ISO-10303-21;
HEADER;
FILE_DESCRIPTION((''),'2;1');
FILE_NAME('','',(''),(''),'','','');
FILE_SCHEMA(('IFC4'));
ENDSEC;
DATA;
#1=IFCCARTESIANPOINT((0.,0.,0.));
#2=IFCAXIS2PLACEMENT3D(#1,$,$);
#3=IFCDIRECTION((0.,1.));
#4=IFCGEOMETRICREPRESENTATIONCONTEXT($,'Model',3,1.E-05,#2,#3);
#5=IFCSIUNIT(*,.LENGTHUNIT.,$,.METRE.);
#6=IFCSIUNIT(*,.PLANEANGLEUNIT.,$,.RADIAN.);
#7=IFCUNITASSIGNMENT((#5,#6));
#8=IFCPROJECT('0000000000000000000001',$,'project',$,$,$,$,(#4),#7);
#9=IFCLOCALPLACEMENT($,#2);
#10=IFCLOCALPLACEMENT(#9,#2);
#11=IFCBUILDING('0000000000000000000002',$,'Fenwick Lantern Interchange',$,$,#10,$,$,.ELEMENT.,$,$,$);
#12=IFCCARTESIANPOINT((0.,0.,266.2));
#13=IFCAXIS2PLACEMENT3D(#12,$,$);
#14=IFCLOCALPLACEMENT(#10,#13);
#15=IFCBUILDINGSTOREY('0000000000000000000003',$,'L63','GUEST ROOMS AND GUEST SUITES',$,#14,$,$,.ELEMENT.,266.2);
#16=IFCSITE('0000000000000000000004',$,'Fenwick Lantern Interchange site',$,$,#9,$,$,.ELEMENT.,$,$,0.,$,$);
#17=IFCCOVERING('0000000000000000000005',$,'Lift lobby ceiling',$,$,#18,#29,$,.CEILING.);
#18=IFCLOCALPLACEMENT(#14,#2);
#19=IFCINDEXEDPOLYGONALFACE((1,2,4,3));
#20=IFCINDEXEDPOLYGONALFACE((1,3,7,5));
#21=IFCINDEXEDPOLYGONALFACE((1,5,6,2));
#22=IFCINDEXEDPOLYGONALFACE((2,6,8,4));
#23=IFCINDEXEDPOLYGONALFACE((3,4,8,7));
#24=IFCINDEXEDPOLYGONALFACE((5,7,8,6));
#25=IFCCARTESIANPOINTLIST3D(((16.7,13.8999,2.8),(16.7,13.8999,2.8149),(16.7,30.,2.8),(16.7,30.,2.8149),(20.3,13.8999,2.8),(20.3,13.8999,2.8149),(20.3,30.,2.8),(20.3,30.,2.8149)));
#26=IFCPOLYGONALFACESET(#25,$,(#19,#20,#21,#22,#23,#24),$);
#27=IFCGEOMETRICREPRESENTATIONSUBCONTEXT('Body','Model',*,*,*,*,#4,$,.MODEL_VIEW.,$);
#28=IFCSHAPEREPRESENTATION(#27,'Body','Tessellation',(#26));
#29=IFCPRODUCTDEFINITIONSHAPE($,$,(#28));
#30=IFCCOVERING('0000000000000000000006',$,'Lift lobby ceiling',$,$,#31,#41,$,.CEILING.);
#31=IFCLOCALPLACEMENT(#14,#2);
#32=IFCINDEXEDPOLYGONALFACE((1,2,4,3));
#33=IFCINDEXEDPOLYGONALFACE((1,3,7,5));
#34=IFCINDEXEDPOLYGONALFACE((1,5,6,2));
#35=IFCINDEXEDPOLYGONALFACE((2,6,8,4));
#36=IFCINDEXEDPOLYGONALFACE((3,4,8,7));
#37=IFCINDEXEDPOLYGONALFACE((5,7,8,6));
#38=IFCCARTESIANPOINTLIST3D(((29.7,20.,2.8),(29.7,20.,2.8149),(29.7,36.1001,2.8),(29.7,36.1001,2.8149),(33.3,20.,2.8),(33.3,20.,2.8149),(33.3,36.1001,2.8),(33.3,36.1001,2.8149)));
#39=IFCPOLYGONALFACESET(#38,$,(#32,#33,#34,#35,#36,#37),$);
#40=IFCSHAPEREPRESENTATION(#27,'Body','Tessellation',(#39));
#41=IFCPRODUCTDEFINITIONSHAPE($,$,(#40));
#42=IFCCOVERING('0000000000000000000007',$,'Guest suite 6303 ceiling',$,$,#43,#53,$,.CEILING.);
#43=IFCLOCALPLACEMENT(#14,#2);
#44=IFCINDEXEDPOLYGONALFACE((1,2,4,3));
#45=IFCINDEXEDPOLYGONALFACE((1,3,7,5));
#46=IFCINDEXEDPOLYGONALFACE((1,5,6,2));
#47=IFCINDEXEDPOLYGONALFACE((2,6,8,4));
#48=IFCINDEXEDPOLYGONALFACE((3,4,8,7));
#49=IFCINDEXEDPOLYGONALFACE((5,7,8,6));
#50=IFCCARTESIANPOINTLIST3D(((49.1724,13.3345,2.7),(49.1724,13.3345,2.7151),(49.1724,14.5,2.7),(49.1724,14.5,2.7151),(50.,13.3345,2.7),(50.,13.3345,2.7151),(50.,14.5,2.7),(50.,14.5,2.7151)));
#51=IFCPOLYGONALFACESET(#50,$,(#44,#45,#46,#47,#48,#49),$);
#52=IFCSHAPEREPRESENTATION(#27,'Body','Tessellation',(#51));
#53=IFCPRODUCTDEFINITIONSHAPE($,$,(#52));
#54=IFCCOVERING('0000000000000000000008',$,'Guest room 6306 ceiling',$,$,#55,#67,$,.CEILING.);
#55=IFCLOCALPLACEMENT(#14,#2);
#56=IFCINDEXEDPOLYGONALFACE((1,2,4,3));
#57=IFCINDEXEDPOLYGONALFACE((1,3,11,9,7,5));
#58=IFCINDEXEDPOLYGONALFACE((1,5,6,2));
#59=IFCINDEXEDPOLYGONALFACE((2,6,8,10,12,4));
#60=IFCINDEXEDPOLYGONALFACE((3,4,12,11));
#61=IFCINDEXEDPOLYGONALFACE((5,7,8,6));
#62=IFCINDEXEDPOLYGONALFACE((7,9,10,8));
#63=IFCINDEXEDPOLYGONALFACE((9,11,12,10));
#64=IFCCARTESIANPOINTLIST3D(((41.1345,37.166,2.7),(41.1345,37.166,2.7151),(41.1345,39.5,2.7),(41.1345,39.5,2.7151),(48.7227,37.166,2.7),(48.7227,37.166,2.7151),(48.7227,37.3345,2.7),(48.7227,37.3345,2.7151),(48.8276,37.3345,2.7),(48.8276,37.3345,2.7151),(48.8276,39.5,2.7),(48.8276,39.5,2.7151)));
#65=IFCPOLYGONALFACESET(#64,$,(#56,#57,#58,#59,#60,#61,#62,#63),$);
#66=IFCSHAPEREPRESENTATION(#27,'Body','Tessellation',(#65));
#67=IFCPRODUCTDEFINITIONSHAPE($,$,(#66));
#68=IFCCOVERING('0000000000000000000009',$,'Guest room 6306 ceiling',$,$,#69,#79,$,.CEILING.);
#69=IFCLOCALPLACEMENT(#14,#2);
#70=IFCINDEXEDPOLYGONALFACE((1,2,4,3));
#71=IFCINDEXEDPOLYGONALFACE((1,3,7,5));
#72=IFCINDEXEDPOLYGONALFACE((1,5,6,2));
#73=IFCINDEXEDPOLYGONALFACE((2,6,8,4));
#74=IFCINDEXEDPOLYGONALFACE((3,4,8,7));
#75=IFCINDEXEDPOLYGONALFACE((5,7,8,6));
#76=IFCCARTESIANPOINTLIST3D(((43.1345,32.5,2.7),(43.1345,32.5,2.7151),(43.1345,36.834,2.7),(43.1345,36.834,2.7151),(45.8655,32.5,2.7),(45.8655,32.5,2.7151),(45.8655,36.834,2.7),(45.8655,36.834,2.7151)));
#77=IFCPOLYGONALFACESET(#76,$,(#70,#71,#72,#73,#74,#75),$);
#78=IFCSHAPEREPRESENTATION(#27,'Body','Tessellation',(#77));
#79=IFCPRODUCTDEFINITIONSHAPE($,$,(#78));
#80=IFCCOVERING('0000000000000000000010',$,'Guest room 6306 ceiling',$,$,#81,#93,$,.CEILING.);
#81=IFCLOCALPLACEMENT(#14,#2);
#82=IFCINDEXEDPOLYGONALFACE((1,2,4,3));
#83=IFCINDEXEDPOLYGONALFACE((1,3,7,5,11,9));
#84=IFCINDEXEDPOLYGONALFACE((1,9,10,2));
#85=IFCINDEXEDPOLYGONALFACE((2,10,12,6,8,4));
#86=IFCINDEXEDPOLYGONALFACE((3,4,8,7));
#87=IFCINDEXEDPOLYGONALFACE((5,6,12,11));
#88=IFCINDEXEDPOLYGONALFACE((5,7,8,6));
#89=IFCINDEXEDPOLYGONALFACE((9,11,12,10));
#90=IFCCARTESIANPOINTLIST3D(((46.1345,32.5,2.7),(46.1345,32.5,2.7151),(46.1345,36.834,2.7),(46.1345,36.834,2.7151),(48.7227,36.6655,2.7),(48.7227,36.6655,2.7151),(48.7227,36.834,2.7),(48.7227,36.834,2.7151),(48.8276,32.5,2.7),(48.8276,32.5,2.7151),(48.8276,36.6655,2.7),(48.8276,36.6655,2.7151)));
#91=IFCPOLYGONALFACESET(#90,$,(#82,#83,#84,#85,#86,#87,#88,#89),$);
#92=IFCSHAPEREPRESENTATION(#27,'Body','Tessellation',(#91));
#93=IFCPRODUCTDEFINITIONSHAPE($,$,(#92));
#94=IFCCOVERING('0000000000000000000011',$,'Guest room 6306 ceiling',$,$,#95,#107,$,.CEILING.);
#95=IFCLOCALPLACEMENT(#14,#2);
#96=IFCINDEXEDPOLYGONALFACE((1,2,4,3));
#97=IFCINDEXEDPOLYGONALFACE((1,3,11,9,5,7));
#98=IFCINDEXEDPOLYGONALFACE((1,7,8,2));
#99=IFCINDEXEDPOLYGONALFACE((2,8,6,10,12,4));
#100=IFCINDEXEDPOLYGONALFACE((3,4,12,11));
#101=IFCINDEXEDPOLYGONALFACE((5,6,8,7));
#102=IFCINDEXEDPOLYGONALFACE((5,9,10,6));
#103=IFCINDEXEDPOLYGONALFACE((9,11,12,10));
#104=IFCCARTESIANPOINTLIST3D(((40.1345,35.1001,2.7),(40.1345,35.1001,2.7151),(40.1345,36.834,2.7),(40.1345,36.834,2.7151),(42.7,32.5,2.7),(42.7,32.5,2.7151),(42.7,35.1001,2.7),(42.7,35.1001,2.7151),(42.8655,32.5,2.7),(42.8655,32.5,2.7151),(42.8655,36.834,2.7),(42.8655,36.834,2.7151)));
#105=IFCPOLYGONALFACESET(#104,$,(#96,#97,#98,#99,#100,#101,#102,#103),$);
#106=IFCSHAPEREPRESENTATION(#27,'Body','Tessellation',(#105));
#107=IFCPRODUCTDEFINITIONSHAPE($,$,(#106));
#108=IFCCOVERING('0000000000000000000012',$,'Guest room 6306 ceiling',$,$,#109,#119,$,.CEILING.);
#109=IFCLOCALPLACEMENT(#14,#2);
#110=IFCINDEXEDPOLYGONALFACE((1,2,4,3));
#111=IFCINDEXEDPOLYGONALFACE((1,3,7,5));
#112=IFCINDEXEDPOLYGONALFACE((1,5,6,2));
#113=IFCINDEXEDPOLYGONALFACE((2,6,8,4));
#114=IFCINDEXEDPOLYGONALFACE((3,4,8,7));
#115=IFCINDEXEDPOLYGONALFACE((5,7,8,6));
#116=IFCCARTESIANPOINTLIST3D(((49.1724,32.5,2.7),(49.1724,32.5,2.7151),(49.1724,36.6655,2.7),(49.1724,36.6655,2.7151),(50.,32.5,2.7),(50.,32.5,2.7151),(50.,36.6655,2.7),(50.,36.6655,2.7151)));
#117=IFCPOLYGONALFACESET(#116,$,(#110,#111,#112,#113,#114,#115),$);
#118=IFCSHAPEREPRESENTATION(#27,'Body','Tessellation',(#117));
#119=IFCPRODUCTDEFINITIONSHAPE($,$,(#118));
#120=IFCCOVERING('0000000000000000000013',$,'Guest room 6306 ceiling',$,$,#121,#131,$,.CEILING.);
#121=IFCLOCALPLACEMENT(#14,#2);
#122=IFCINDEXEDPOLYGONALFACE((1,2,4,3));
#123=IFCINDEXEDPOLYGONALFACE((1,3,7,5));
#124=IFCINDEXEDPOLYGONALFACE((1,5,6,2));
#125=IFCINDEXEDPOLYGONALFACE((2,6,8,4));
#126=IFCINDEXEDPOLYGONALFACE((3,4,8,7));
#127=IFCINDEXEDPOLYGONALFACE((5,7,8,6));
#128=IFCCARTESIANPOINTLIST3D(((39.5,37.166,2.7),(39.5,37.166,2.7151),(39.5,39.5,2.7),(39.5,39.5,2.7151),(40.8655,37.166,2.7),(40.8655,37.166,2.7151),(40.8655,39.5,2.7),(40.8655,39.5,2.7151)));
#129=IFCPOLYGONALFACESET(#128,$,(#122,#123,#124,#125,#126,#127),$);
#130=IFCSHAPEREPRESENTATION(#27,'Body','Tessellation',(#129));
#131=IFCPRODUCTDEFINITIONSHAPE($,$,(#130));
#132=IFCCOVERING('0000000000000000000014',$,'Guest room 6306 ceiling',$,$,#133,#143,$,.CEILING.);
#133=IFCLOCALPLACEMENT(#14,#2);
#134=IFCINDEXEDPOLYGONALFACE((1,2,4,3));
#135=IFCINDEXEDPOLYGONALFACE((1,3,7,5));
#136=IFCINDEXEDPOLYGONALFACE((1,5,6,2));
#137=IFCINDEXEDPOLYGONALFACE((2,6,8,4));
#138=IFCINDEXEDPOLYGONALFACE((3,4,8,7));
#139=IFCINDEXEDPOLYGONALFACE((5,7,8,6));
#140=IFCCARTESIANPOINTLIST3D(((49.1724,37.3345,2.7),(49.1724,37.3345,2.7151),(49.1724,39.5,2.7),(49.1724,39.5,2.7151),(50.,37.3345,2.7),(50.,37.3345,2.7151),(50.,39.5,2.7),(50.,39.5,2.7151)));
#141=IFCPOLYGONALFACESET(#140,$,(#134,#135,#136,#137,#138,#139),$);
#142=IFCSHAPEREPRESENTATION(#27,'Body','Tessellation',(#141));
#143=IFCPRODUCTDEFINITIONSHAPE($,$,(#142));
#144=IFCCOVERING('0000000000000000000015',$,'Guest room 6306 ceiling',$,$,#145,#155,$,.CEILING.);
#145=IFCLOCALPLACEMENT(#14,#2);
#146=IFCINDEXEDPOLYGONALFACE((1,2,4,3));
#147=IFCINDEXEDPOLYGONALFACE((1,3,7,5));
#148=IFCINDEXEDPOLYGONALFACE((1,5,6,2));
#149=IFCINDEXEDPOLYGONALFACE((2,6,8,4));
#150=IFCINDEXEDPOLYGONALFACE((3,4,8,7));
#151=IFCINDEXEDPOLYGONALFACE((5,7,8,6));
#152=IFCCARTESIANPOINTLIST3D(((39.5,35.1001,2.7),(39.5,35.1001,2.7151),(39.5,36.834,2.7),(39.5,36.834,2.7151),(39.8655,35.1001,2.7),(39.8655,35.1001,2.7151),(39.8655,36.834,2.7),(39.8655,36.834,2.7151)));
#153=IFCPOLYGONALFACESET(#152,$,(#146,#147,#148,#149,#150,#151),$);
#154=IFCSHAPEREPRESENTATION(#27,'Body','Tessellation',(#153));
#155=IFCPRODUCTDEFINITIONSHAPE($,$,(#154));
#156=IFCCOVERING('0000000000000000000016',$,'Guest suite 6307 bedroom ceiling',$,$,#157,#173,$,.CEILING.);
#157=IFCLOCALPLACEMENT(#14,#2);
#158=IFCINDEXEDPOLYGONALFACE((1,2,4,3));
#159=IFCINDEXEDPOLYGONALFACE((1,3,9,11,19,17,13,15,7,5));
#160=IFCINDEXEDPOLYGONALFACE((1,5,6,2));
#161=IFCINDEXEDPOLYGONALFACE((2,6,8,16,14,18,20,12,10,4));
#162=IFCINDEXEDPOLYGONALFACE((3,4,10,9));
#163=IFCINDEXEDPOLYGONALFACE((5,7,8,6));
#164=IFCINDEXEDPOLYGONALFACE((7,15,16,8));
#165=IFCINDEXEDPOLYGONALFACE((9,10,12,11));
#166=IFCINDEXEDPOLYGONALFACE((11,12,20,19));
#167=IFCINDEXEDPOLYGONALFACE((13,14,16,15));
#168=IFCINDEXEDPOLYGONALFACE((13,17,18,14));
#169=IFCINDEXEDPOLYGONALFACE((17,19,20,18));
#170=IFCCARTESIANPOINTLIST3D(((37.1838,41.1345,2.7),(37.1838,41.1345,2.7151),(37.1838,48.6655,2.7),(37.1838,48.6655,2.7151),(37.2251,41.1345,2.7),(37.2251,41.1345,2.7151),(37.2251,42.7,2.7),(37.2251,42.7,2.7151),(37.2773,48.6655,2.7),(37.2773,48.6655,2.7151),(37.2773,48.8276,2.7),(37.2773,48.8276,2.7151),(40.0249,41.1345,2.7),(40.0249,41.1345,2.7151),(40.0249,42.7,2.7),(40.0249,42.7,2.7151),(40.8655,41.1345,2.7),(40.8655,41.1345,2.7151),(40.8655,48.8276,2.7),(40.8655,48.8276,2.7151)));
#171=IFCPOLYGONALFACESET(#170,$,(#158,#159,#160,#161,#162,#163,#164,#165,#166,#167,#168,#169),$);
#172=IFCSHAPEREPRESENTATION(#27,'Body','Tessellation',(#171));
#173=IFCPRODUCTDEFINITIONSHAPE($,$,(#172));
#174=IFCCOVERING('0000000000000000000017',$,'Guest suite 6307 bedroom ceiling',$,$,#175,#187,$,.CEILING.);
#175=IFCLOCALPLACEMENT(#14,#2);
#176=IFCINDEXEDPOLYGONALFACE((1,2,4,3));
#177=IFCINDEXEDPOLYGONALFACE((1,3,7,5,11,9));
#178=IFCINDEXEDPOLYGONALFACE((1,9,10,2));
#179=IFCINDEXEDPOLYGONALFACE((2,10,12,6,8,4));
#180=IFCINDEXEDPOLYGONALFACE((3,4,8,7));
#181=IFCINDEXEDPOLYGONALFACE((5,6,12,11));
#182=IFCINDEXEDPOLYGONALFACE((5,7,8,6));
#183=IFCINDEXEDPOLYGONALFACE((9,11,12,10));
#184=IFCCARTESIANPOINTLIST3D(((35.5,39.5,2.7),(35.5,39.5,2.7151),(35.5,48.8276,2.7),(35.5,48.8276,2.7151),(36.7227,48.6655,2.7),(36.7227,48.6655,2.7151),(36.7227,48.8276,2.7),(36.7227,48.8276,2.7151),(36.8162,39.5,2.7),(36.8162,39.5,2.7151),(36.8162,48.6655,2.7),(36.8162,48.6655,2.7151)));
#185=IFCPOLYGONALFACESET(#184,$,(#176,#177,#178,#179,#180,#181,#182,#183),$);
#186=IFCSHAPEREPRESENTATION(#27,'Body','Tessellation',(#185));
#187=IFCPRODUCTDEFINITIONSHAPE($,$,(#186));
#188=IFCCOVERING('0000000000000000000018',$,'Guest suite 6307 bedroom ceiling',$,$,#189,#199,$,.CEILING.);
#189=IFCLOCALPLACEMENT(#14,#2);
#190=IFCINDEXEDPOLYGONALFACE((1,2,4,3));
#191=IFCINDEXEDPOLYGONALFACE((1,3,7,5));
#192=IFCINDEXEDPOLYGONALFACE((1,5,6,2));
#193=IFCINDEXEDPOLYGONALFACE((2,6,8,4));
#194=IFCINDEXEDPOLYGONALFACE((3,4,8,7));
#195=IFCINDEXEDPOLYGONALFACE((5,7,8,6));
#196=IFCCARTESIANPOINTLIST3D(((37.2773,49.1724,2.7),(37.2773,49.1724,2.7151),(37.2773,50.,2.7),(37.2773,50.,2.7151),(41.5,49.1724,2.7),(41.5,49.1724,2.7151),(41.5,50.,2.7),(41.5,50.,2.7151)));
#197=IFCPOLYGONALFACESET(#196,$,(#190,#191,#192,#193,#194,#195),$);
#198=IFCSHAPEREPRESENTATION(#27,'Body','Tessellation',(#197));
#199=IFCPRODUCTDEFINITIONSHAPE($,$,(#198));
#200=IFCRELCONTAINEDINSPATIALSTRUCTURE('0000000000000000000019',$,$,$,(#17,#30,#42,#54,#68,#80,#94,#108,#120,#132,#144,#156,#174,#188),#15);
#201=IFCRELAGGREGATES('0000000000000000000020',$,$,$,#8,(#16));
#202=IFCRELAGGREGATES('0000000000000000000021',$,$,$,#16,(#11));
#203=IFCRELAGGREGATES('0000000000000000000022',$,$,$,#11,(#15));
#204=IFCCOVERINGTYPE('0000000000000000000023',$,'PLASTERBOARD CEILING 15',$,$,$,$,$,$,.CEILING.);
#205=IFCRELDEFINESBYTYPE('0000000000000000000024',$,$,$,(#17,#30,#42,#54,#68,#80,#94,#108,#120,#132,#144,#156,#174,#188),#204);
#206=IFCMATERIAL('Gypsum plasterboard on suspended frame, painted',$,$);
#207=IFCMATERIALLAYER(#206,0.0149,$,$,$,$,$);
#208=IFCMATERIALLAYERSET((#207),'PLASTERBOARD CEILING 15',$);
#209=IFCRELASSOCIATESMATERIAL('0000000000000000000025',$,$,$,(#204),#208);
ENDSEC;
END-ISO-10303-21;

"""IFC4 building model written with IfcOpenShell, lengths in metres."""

from ifc_helpers import new_model, si_unit, direction, frame, origin, place, context, subcontext, project, spatial, polyline, outline, extrude, material, layer, layer_set, type_object, element, save


model = new_model("IFC4")

# Units and contexts
model_context = context("Model", 3, precision=1e-05, world=origin(), true_north=direction((0.0, 1.0)))
body_context = subcontext(model_context, "Body", "Model", "MODEL_VIEW")
ifc_project = project(units=[si_unit("LENGTHUNIT", "METRE"), si_unit("PLANEANGLEUNIT", "RADIAN")], contexts=[model_context])

# Site, building, storey
site_placement = place(None, origin())
site = spatial("IfcSite", under=ifc_project, at=site_placement, Name="Fenwick Lantern Interchange site", CompositionType="ELEMENT", RefElevation=0.0)
building_placement = place(site_placement, origin())
building = spatial("IfcBuilding", under=site, at=building_placement, Name="Fenwick Lantern Interchange", CompositionType="ELEMENT")
storey_placement = place(building_placement, frame((0.0, 0.0, 266.2)))
storey = spatial("IfcBuildingStorey", under=building, at=storey_placement, Name="L63", Description="GUEST ROOMS AND GUEST SUITES", CompositionType="ELEMENT", Elevation=266.2)

# Coverings
ifc_material = material(Name="Gypsum plasterboard on suspended frame, painted")
ifc_layer = layer(ifc_material, 0.0149)
ifc_layer_set = layer_set([ifc_layer], Name="PLASTERBOARD CEILING 15")
covering_type = type_object("IfcCoveringType", Name="PLASTERBOARD CEILING 15", PredefinedType="CEILING", material=ifc_layer_set)
covering_1_placement = place(storey_placement, frame((0.0, 0.0, 2.8)))
element("IfcCovering", 1, at=covering_1_placement, inside=storey, type_object=covering_type, Name="Lift lobby ceiling", PredefinedType="CEILING", context=body_context, shape_type="SweptSolid", body=[
    extrude(outline(polyline([(16.7, 13.8999), (20.3, 13.8999), (20.3, 30.0), (16.7, 30.0), (16.7, 13.8999)])), origin(), (0.0, 0.0, 1.0), 0.0149),
])
covering_2_placement = place(storey_placement, frame((0.0, 0.0, 2.8)))
element("IfcCovering", 2, at=covering_2_placement, inside=storey, type_object=covering_type, Name="Lift lobby ceiling", PredefinedType="CEILING", context=body_context, shape_type="SweptSolid", body=[
    extrude(outline(polyline([(33.3, 36.1001), (29.7, 36.1001), (29.7, 20.0), (33.3, 20.0), (33.3, 36.1001)])), origin(), (0.0, 0.0, 1.0), 0.0149),
])
covering_3_placement = place(storey_placement, frame((0.0, 0.0, 2.7)))
element("IfcCovering", 3, at=covering_3_placement, inside=storey, type_object=covering_type, Name="Guest suite 6303 ceiling", PredefinedType="CEILING", context=body_context, shape_type="SweptSolid", body=[
    extrude(outline(polyline([(50.0, 14.5), (49.1724, 14.5), (49.1724, 13.3345), (50.0, 13.3345), (50.0, 14.5)])), origin(), (0.0, 0.0, 1.0), 0.0151),
])
covering_4_placement = place(storey_placement, frame((0.0, 0.0, 2.7)))
element("IfcCovering", 4, at=covering_4_placement, inside=storey, type_object=covering_type, Name="Guest room 6306 ceiling", PredefinedType="CEILING", context=body_context, shape_type="SweptSolid", body=[
    extrude(outline(polyline([(48.7227, 37.3345), (48.8276, 37.3345), (48.8276, 39.5), (41.1345, 39.5), (41.1345, 37.166), (48.7227, 37.166), (48.7227, 37.3345)])), origin(), (0.0, 0.0, 1.0), 0.0151),
])
covering_5_placement = place(storey_placement, frame((0.0, 0.0, 2.7)))
element("IfcCovering", 5, at=covering_5_placement, inside=storey, type_object=covering_type, Name="Guest room 6306 ceiling", PredefinedType="CEILING", context=body_context, shape_type="SweptSolid", body=[
    extrude(outline(polyline([(43.1345, 32.5), (45.8655, 32.5), (45.8655, 36.834), (43.1345, 36.834), (43.1345, 32.5)])), origin(), (0.0, 0.0, 1.0), 0.0151),
])
covering_6_placement = place(storey_placement, frame((0.0, 0.0, 2.7)))
element("IfcCovering", 6, at=covering_6_placement, inside=storey, type_object=covering_type, Name="Guest room 6306 ceiling", PredefinedType="CEILING", context=body_context, shape_type="SweptSolid", body=[
    extrude(outline(polyline([(48.7227, 36.6655), (48.7227, 36.834), (46.1345, 36.834), (46.1345, 32.5), (48.8276, 32.5), (48.8276, 36.6655), (48.7227, 36.6655)])), origin(), (0.0, 0.0, 1.0), 0.0151),
])
covering_7_placement = place(storey_placement, frame((0.0, 0.0, 2.7)))
element("IfcCovering", 7, at=covering_7_placement, inside=storey, type_object=covering_type, Name="Guest room 6306 ceiling", PredefinedType="CEILING", context=body_context, shape_type="SweptSolid", body=[
    extrude(outline(polyline([(42.7, 32.5), (42.8655, 32.5), (42.8655, 36.834), (40.1345, 36.834), (40.1345, 35.1001), (42.7, 35.1001), (42.7, 32.5)])), origin(), (0.0, 0.0, 1.0), 0.0151),
])
covering_8_placement = place(storey_placement, frame((0.0, 0.0, 2.7)))
element("IfcCovering", 8, at=covering_8_placement, inside=storey, type_object=covering_type, Name="Guest room 6306 ceiling", PredefinedType="CEILING", context=body_context, shape_type="SweptSolid", body=[
    extrude(outline(polyline([(50.0, 36.6655), (49.1724, 36.6655), (49.1724, 32.5), (50.0, 32.5), (50.0, 36.6655)])), origin(), (0.0, 0.0, 1.0), 0.0151),
])
covering_9_placement = place(storey_placement, frame((0.0, 0.0, 2.7)))
element("IfcCovering", 9, at=covering_9_placement, inside=storey, type_object=covering_type, Name="Guest room 6306 ceiling", PredefinedType="CEILING", context=body_context, shape_type="SweptSolid", body=[
    extrude(outline(polyline([(39.5, 39.5), (39.5, 37.166), (40.8655, 37.166), (40.8655, 39.5), (39.5, 39.5)])), origin(), (0.0, 0.0, 1.0), 0.0151),
])
covering_10_placement = place(storey_placement, frame((0.0, 0.0, 2.7)))
element("IfcCovering", 10, at=covering_10_placement, inside=storey, type_object=covering_type, Name="Guest room 6306 ceiling", PredefinedType="CEILING", context=body_context, shape_type="SweptSolid", body=[
    extrude(outline(polyline([(50.0, 37.3345), (50.0, 39.5), (49.1724, 39.5), (49.1724, 37.3345), (50.0, 37.3345)])), origin(), (0.0, 0.0, 1.0), 0.0151),
])
covering_11_placement = place(storey_placement, frame((0.0, 0.0, 2.7)))
element("IfcCovering", 11, at=covering_11_placement, inside=storey, type_object=covering_type, Name="Guest room 6306 ceiling", PredefinedType="CEILING", context=body_context, shape_type="SweptSolid", body=[
    extrude(outline(polyline([(39.5, 35.1001), (39.8655, 35.1001), (39.8655, 36.834), (39.5, 36.834), (39.5, 35.1001)])), origin(), (0.0, 0.0, 1.0), 0.0151),
])
covering_12_placement = place(storey_placement, frame((0.0, 0.0, 2.7)))
element("IfcCovering", 12, at=covering_12_placement, inside=storey, type_object=covering_type, Name="Guest suite 6307 bedroom ceiling", PredefinedType="CEILING", context=body_context, shape_type="SweptSolid", body=[
    extrude(outline(polyline([(37.2773, 48.6655), (37.1838, 48.6655), (37.1838, 41.1345), (37.2251, 41.1345), (37.2251, 42.7), (40.0249, 42.7), (40.0249, 41.1345), (40.8655, 41.1345), (40.8655, 48.8276), (37.2773, 48.8276), (37.2773, 48.6655)])), origin(), (0.0, 0.0, 1.0), 0.0151),
])
covering_13_placement = place(storey_placement, frame((0.0, 0.0, 2.7)))
element("IfcCovering", 13, at=covering_13_placement, inside=storey, type_object=covering_type, Name="Guest suite 6307 bedroom ceiling", PredefinedType="CEILING", context=body_context, shape_type="SweptSolid", body=[
    extrude(outline(polyline([(36.7227, 48.6655), (36.7227, 48.8276), (35.5, 48.8276), (35.5, 39.5), (36.8162, 39.5), (36.8162, 48.6655), (36.7227, 48.6655)])), origin(), (0.0, 0.0, 1.0), 0.0151),
])
covering_14_placement = place(storey_placement, frame((0.0, 0.0, 2.7)))
element("IfcCovering", 14, at=covering_14_placement, inside=storey, type_object=covering_type, Name="Guest suite 6307 bedroom ceiling", PredefinedType="CEILING", context=body_context, shape_type="SweptSolid", body=[
    extrude(outline(polyline([(37.2773, 50.0), (37.2773, 49.1724), (41.5, 49.1724), (41.5, 50.0), (37.2773, 50.0)])), origin(), (0.0, 0.0, 1.0), 0.0151),
])

save(model, "model.ifc")
